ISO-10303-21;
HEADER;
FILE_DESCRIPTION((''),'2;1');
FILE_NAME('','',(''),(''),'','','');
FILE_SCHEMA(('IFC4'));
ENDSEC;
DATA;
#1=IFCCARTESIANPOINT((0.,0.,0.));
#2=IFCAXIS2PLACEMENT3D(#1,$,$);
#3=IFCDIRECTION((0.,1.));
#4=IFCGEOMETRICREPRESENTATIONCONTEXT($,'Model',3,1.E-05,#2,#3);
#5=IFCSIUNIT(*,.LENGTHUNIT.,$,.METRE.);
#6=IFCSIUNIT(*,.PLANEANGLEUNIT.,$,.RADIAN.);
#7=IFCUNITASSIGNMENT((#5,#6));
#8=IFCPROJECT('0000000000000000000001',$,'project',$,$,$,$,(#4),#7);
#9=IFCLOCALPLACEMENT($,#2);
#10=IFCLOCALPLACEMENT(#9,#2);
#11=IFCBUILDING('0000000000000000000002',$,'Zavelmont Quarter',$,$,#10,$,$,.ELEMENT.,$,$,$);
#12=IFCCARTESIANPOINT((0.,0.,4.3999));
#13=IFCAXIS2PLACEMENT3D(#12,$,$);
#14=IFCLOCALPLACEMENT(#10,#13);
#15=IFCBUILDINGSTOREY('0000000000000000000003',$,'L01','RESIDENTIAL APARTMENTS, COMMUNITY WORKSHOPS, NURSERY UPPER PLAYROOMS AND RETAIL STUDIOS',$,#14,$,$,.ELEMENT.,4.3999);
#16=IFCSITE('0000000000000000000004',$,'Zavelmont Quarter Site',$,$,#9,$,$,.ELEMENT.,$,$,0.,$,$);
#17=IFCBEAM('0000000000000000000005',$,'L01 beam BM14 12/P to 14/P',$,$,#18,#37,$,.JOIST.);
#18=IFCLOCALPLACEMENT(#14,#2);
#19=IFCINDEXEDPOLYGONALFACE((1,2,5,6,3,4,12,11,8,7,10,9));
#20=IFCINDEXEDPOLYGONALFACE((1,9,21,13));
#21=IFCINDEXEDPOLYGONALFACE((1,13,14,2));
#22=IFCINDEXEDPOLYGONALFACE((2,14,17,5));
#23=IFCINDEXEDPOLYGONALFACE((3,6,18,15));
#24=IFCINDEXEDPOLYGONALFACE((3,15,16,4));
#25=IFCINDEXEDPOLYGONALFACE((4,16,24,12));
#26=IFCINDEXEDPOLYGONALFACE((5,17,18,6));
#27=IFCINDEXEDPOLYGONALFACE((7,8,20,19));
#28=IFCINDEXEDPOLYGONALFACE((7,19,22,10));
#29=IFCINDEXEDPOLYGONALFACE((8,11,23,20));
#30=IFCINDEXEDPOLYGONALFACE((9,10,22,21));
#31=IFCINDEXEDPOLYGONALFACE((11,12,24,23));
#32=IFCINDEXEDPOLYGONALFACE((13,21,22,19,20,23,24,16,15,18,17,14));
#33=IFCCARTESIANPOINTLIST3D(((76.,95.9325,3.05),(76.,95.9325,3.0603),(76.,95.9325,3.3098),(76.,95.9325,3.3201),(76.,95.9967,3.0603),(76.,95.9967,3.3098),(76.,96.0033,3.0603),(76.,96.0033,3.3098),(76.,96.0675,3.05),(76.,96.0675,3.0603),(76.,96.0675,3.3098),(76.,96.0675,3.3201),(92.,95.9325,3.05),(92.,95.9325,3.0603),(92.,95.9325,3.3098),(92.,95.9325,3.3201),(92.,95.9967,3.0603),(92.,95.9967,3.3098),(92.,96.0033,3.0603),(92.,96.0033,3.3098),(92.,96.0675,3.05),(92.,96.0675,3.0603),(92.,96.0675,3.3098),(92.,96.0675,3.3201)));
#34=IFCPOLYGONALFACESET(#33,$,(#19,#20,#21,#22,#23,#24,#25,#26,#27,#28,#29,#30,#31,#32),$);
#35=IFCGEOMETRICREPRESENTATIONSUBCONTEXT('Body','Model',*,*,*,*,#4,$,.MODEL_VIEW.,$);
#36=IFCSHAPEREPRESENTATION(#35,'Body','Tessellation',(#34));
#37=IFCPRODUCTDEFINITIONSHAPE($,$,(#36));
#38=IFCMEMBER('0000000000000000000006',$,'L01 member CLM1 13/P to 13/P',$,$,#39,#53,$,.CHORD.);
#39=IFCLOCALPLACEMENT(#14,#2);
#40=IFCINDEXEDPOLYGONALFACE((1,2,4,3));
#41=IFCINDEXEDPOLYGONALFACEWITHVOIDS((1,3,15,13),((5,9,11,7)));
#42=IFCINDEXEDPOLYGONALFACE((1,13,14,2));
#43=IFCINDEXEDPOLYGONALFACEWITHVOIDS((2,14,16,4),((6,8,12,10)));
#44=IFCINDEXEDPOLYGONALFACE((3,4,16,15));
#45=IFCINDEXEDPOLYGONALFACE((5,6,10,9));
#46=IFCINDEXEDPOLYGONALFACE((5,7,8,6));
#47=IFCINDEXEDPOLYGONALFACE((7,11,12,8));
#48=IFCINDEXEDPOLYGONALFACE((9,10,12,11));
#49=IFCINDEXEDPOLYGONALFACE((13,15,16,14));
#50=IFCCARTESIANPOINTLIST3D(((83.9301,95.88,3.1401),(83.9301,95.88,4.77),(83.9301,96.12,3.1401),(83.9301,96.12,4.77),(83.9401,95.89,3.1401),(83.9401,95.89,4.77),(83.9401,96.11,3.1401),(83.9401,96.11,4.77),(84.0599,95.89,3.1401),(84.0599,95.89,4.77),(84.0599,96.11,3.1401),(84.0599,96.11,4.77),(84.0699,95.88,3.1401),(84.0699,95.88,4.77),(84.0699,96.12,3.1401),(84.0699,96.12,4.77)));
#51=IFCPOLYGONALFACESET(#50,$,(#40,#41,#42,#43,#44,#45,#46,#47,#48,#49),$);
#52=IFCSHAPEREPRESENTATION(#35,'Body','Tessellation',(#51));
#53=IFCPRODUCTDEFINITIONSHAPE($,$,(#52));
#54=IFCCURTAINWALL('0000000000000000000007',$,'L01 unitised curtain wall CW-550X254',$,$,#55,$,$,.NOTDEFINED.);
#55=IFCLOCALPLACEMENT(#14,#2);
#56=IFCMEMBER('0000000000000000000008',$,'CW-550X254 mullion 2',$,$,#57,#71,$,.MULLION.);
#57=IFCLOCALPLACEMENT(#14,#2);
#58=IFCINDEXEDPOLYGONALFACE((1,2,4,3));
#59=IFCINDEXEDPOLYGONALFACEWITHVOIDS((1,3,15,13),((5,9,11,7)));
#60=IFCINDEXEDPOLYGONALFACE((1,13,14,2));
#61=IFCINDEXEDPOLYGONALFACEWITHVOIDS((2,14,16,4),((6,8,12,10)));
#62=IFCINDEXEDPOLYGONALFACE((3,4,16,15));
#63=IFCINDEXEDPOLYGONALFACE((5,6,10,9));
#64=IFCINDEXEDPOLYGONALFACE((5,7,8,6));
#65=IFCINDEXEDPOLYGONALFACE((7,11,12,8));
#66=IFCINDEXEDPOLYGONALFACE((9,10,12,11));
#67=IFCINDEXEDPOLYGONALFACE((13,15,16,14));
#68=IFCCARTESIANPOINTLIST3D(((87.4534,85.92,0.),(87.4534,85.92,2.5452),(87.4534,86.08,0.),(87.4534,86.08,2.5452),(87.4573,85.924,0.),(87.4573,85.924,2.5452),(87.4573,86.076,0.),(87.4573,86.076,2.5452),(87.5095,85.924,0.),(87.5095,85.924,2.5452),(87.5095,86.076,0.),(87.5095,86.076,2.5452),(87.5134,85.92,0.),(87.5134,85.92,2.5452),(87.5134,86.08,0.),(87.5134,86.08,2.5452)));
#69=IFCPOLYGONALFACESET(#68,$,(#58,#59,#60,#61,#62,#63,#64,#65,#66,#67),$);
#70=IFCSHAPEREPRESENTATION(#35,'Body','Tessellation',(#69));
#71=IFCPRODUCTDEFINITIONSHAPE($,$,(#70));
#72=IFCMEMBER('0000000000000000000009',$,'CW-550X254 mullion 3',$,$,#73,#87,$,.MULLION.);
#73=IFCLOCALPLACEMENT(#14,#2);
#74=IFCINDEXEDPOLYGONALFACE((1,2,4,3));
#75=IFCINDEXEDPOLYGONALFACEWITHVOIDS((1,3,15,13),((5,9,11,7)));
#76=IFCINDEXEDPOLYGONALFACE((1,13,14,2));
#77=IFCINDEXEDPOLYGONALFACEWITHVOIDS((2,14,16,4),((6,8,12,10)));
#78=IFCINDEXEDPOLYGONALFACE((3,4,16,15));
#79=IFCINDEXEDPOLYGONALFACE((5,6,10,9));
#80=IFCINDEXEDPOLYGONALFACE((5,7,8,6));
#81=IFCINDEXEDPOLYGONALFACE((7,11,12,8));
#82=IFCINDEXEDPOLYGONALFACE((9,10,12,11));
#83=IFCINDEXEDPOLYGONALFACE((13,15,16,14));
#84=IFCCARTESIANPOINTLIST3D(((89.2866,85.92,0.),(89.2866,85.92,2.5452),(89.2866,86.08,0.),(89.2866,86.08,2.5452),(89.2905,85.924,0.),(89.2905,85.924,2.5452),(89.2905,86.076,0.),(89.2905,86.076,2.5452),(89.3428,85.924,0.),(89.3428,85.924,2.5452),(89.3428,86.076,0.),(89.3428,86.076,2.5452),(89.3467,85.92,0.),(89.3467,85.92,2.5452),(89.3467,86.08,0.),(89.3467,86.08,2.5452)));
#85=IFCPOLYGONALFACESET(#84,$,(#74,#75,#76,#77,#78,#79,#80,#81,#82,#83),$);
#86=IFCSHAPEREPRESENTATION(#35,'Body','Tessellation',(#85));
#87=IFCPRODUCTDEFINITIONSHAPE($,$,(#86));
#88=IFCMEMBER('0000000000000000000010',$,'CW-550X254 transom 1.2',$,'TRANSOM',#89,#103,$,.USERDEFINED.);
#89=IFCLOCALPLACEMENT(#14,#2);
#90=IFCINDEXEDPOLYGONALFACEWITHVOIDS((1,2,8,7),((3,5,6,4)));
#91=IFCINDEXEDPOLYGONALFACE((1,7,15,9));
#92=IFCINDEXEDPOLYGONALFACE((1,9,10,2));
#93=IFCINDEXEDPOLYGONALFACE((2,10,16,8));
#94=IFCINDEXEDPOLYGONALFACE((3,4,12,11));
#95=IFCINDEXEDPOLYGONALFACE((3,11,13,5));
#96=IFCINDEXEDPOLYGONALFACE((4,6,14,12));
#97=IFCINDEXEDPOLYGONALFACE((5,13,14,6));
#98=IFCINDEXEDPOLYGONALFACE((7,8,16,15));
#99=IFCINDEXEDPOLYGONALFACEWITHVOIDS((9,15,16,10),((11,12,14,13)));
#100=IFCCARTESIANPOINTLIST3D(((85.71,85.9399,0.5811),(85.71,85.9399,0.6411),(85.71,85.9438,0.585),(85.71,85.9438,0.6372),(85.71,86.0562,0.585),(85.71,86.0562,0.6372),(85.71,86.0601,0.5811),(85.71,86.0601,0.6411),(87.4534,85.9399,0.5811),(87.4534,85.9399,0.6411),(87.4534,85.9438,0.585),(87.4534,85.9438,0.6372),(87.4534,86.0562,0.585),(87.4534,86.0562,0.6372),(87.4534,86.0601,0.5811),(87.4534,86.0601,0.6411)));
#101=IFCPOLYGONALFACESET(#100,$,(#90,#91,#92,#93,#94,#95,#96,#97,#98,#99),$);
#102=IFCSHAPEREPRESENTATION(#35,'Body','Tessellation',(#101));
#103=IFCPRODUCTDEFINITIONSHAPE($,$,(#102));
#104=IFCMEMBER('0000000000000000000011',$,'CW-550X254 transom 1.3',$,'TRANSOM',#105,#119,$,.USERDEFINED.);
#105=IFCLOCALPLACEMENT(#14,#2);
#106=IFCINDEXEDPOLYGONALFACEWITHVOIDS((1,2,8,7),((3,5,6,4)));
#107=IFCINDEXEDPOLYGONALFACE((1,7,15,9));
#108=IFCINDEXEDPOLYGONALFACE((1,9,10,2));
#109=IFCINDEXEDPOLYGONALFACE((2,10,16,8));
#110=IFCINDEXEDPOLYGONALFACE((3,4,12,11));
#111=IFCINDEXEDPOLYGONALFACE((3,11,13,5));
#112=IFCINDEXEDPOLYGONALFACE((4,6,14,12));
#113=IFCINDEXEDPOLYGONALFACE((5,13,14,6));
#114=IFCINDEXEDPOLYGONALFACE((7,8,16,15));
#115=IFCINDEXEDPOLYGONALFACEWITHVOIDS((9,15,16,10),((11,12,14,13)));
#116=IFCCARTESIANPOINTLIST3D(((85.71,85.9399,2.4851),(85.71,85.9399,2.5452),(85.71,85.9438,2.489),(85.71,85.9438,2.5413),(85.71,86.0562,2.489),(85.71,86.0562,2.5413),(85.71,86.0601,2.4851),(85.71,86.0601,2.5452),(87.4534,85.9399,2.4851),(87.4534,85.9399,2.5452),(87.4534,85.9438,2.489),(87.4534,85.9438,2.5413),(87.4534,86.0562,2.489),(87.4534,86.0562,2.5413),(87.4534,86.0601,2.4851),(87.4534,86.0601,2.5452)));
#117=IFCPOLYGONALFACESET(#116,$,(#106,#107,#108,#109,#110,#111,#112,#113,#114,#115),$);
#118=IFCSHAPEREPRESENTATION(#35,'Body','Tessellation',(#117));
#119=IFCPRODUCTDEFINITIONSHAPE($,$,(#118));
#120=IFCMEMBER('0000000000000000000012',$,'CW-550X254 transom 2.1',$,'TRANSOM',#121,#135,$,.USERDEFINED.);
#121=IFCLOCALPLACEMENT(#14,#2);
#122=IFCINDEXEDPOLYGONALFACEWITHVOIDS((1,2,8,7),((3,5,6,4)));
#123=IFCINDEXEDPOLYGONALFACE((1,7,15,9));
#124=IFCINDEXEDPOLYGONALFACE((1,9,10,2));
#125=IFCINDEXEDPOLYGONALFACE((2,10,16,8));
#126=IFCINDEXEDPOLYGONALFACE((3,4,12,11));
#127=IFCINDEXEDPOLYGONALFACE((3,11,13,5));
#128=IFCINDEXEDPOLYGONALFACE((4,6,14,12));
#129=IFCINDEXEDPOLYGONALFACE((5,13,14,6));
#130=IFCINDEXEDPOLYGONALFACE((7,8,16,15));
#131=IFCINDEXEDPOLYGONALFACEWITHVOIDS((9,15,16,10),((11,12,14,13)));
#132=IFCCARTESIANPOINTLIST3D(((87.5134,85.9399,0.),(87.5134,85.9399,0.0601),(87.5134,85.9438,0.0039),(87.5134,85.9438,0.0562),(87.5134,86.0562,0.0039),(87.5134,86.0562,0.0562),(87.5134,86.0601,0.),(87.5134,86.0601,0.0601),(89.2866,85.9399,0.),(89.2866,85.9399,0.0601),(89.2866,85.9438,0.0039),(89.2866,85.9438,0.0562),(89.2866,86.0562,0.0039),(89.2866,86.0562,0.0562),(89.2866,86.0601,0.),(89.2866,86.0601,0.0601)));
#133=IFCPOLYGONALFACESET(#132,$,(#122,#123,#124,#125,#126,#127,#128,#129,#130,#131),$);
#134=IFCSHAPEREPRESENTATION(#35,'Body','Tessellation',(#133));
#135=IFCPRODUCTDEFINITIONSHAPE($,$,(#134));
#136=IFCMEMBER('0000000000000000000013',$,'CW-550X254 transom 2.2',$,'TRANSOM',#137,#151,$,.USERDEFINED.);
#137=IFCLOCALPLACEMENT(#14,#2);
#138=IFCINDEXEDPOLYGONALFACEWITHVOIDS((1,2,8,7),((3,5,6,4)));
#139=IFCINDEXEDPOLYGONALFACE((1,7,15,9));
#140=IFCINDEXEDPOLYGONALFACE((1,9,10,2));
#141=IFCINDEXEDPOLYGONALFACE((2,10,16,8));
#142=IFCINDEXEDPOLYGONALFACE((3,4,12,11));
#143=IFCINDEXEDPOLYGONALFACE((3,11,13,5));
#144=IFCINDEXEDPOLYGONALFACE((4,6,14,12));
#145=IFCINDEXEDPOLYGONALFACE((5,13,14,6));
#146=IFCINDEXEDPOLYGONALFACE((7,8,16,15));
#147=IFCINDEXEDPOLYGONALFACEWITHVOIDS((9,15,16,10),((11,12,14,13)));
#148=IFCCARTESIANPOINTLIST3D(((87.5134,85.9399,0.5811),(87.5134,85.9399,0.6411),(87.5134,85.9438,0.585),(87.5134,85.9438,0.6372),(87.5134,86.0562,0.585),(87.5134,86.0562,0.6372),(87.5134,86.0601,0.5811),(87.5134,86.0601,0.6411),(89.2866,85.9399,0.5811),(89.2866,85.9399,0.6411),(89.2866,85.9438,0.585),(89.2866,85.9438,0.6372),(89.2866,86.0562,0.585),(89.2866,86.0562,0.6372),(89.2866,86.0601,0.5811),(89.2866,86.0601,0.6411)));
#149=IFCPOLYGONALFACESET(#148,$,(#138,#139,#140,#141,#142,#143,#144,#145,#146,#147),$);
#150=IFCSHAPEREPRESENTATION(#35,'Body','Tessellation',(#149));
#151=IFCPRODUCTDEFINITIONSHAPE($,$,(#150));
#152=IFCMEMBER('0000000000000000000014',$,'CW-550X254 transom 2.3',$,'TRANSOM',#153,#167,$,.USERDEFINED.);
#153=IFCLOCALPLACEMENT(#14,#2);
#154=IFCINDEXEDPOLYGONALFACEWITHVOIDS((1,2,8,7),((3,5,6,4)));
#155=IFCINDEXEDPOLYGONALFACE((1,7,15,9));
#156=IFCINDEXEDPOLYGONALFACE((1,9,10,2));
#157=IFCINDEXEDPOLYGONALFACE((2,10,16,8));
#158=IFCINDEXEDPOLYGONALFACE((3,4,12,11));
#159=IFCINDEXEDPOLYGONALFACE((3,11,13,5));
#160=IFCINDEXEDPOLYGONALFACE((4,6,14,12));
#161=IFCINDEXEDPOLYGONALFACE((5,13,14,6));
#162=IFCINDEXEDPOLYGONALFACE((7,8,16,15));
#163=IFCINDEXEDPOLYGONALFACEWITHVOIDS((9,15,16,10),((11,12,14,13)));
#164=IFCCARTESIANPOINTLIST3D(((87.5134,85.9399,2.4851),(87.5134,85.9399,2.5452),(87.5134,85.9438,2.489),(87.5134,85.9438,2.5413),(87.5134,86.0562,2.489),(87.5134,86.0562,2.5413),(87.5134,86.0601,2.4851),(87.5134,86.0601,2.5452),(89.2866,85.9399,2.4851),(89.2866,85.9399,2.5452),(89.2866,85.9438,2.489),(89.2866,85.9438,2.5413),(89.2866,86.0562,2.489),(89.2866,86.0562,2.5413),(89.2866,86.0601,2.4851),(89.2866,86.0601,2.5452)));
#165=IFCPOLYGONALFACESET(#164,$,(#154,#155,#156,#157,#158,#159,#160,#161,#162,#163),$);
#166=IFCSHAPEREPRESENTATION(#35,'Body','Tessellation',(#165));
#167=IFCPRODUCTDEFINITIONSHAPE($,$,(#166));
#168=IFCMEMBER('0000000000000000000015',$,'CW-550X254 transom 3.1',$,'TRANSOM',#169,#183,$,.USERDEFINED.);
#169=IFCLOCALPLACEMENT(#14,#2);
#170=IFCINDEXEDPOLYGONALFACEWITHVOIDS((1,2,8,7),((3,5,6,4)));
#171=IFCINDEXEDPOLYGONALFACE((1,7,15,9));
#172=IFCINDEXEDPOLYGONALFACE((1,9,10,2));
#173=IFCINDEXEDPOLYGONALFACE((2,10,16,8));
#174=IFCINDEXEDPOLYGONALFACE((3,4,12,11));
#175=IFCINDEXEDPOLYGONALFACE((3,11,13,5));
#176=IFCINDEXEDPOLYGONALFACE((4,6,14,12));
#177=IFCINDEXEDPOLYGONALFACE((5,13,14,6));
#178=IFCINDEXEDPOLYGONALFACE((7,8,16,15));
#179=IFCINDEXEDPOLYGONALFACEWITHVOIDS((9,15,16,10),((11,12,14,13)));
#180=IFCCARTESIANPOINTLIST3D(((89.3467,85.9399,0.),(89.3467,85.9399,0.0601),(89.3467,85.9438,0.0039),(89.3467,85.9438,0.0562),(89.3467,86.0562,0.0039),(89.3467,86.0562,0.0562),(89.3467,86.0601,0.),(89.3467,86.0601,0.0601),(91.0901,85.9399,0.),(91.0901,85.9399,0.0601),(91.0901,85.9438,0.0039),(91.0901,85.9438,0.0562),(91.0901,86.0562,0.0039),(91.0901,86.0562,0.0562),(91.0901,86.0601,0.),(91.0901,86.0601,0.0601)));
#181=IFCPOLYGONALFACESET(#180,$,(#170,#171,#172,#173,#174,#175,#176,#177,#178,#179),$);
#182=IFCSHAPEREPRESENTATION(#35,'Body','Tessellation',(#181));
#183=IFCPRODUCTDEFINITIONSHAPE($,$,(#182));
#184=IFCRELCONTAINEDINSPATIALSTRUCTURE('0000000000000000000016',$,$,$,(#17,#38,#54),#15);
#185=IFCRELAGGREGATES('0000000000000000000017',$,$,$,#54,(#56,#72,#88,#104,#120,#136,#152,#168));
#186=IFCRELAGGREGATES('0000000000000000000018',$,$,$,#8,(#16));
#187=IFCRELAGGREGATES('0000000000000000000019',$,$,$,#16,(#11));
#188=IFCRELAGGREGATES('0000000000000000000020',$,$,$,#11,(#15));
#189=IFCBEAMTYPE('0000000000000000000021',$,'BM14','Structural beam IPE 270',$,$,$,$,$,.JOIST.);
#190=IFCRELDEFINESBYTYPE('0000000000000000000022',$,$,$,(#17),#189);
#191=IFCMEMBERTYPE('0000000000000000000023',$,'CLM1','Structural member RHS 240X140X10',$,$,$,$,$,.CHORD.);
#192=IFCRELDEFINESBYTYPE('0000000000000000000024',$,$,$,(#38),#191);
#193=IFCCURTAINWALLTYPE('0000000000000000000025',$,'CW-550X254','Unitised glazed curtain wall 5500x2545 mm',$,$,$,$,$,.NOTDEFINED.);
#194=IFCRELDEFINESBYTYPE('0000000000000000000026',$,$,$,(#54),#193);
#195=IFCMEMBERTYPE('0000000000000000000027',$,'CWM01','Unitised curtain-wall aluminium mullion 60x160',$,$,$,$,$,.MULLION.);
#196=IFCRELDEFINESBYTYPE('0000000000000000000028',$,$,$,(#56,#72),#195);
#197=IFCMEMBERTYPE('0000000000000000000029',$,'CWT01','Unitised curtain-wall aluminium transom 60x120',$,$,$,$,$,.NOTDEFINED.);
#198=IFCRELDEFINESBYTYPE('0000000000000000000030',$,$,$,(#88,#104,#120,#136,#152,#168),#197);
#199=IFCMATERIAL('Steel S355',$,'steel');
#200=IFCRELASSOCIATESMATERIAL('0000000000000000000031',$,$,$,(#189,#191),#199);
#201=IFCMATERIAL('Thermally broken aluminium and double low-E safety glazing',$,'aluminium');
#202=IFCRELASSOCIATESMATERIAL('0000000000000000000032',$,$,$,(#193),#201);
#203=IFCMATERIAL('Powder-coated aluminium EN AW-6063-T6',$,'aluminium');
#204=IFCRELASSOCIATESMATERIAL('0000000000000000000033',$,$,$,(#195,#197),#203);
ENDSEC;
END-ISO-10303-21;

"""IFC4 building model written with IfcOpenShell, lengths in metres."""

from ifc_helpers import new_model, si_unit, direction, frame, origin, origin_2d, place, context, subcontext, project, spatial, hollow_rectangle, i_section, extrude, material, material_profile, profile_set, type_object, element, aggregate, save


model = new_model("IFC4")

# Units and contexts
model_context = context("Model", 3, precision=1e-05, world=origin(), true_north=direction((0.0, 1.0)))
body_context = subcontext(model_context, "Body", "Model", "MODEL_VIEW")
ifc_project = project(units=[si_unit("LENGTHUNIT", "METRE"), si_unit("PLANEANGLEUNIT", "RADIAN")], contexts=[model_context])

# Site, building, storey
site_placement = place(None, origin())
site = spatial("IfcSite", under=ifc_project, at=site_placement, Name="Zavelmont Quarter Site", CompositionType="ELEMENT", RefElevation=0.0)
building_placement = place(site_placement, origin())
building = spatial("IfcBuilding", under=site, at=building_placement, Name="Zavelmont Quarter", CompositionType="ELEMENT")
storey_placement = place(building_placement, frame((0.0, 0.0, 4.3999)))
storey = spatial("IfcBuildingStorey", under=building, at=storey_placement, Name="L01", Description="RESIDENTIAL APARTMENTS, COMMUNITY WORKSHOPS, NURSERY UPPER PLAYROOMS AND RETAIL STUDIOS", CompositionType="ELEMENT", Elevation=4.3999)

# Beam
ifc_material_1 = material(Name="Steel S355", Category="steel")
ifc_material_profile_1 = material_profile(ifc_material_1, i_section(OverallWidth=0.135, OverallDepth=0.27, WebThickness=0.0066, FlangeThickness=0.0103, at=origin_2d()), Name="IPE 270")
ifc_profile_set_1 = profile_set([ifc_material_profile_1], Name="Steel S355")
beam_type = type_object("IfcBeamType", Name="BM14", Description="Structural beam IPE 270", PredefinedType="JOIST", material=ifc_profile_set_1)
beam_placement = place(storey_placement, frame((76.0, 96.0, 3.1851), z_axis=(1.0, 0.0, 0.0), x_axis=(0.0, 1.0, 0.0)))
element("IfcBeam", 1, at=beam_placement, inside=storey, type_object=beam_type, Name="L01 beam BM14 12/P to 14/P", PredefinedType="JOIST", context=body_context, shape_type="SweptSolid", body=[
    extrude(i_section(OverallWidth=0.135, OverallDepth=0.27, WebThickness=0.0066, FlangeThickness=0.0103, at=origin_2d()), origin(), (0.0, 0.0, 1.0), 16.0),
])

# Member
ifc_material_profile_2 = material_profile(ifc_material_1, hollow_rectangle(XDim=0.1399, YDim=0.24, WallThickness=0.01, at=origin_2d()), Name="RHS 240X140X10")
ifc_profile_set_2 = profile_set([ifc_material_profile_2], Name="Steel S355")
member_type_1 = type_object("IfcMemberType", Name="CLM1", Description="Structural member RHS 240X140X10", PredefinedType="CHORD", material=ifc_profile_set_2)
member_1_placement = place(storey_placement, frame((84.0, 96.0, 3.1401), z_axis=(0.0, 0.0, 1.0), x_axis=(1.0, 0.0, 0.0)))
element("IfcMember", 2, at=member_1_placement, inside=storey, type_object=member_type_1, Name="L01 member CLM1 13/P to 13/P", PredefinedType="CHORD", context=body_context, shape_type="SweptSolid", body=[
    extrude(hollow_rectangle(XDim=0.1399, YDim=0.24, WallThickness=0.01, at=origin_2d()), origin(), (0.0, 0.0, 1.0), 1.6299),
])

# Curtain wall, members
ifc_material_2 = material(Name="Thermally broken aluminium and double low-E safety glazing", Category="aluminium")
curtain_wall_type = type_object("IfcCurtainWallType", Name="CW-550X254", Description="Unitised glazed curtain wall 5500x2545 mm", PredefinedType="NOTDEFINED", material=ifc_material_2)
curtain_wall_placement = place(storey_placement, origin())
curtain_wall = element("IfcCurtainWall", 3, at=curtain_wall_placement, inside=storey, type_object=curtain_wall_type, Name="L01 unitised curtain wall CW-550X254", PredefinedType="NOTDEFINED")
ifc_material_3 = material(Name="Powder-coated aluminium EN AW-6063-T6", Category="aluminium")
ifc_material_profile_3 = material_profile(ifc_material_3, hollow_rectangle(XDim=0.0601, YDim=0.1599, WallThickness=0.0039, at=origin_2d()), Name="CWM60X160")
ifc_profile_set_3 = profile_set([ifc_material_profile_3], Name="Powder-coated aluminium EN AW-6063-T6")
member_type_2 = type_object("IfcMemberType", Name="CWM01", Description="Unitised curtain-wall aluminium mullion 60x160", PredefinedType="MULLION", material=ifc_profile_set_3)
member_2_placement = place(storey_placement, frame((87.4834, 86.0, 0.0), z_axis=(0.0, 0.0, 1.0), x_axis=(1.0, 0.0, 0.0)))
member_2 = element("IfcMember", 4, at=member_2_placement, type_object=member_type_2, Name="CW-550X254 mullion 2", PredefinedType="MULLION", context=body_context, shape_type="SweptSolid", body=[
    extrude(hollow_rectangle(XDim=0.0601, YDim=0.1599, WallThickness=0.0039, at=origin_2d()), origin(), (0.0, 0.0, 1.0), 2.5452),
])
member_3_placement = place(storey_placement, frame((89.3167, 86.0, 0.0), z_axis=(0.0, 0.0, 1.0), x_axis=(1.0, 0.0, 0.0)))
member_3 = element("IfcMember", 5, at=member_3_placement, type_object=member_type_2, Name="CW-550X254 mullion 3", PredefinedType="MULLION", context=body_context, shape_type="SweptSolid", body=[
    extrude(hollow_rectangle(XDim=0.0601, YDim=0.1599, WallThickness=0.0039, at=origin_2d()), origin(), (0.0, 0.0, 1.0), 2.5452),
])
ifc_material_profile_4 = material_profile(ifc_material_3, hollow_rectangle(XDim=0.1201, YDim=0.0601, WallThickness=0.0039, at=origin_2d()), Name="CWT60X120")
ifc_profile_set_4 = profile_set([ifc_material_profile_4], Name="Powder-coated aluminium EN AW-6063-T6")
member_type_3 = type_object("IfcMemberType", Name="CWT01", Description="Unitised curtain-wall aluminium transom 60x120", PredefinedType="NOTDEFINED", material=ifc_profile_set_4)
member_4_placement = place(storey_placement, frame((85.71, 86.0, 0.6111), z_axis=(1.0, 0.0, 0.0), x_axis=(0.0, 1.0, 0.0)))
member_4 = element("IfcMember", 6, at=member_4_placement, type_object=member_type_3, Name="CW-550X254 transom 1.2", ObjectType="TRANSOM", PredefinedType="USERDEFINED", context=body_context, shape_type="SweptSolid", body=[
    extrude(hollow_rectangle(XDim=0.1201, YDim=0.0601, WallThickness=0.0039, at=origin_2d()), origin(), (0.0, 0.0, 1.0), 1.7434),
])
member_5_placement = place(storey_placement, frame((85.71, 86.0, 2.5151), z_axis=(1.0, 0.0, 0.0), x_axis=(0.0, 1.0, 0.0)))
member_5 = element("IfcMember", 7, at=member_5_placement, type_object=member_type_3, Name="CW-550X254 transom 1.3", ObjectType="TRANSOM", PredefinedType="USERDEFINED", context=body_context, shape_type="SweptSolid", body=[
    extrude(hollow_rectangle(XDim=0.1201, YDim=0.0601, WallThickness=0.0039, at=origin_2d()), origin(), (0.0, 0.0, 1.0), 1.7434),
])
member_6_placement = place(storey_placement, frame((87.5134, 86.0, 0.03), z_axis=(1.0, 0.0, 0.0), x_axis=(0.0, 1.0, 0.0)))
member_6 = element("IfcMember", 8, at=member_6_placement, type_object=member_type_3, Name="CW-550X254 transom 2.1", ObjectType="TRANSOM", PredefinedType="USERDEFINED", context=body_context, shape_type="SweptSolid", body=[
    extrude(hollow_rectangle(XDim=0.1201, YDim=0.0601, WallThickness=0.0039, at=origin_2d()), origin(), (0.0, 0.0, 1.0), 1.7732),
])
member_7_placement = place(storey_placement, frame((87.5134, 86.0, 0.6111), z_axis=(1.0, 0.0, 0.0), x_axis=(0.0, 1.0, 0.0)))
member_7 = element("IfcMember", 9, at=member_7_placement, type_object=member_type_3, Name="CW-550X254 transom 2.2", ObjectType="TRANSOM", PredefinedType="USERDEFINED", context=body_context, shape_type="SweptSolid", body=[
    extrude(hollow_rectangle(XDim=0.1201, YDim=0.0601, WallThickness=0.0039, at=origin_2d()), origin(), (0.0, 0.0, 1.0), 1.7732),
])
member_8_placement = place(storey_placement, frame((87.5134, 86.0, 2.5151), z_axis=(1.0, 0.0, 0.0), x_axis=(0.0, 1.0, 0.0)))
member_8 = element("IfcMember", 10, at=member_8_placement, type_object=member_type_3, Name="CW-550X254 transom 2.3", ObjectType="TRANSOM", PredefinedType="USERDEFINED", context=body_context, shape_type="SweptSolid", body=[
    extrude(hollow_rectangle(XDim=0.1201, YDim=0.0601, WallThickness=0.0039, at=origin_2d()), origin(), (0.0, 0.0, 1.0), 1.7732),
])
member_9_placement = place(storey_placement, frame((89.3467, 86.0, 0.03), z_axis=(1.0, 0.0, 0.0), x_axis=(0.0, 1.0, 0.0)))
member_9 = element("IfcMember", 11, at=member_9_placement, type_object=member_type_3, Name="CW-550X254 transom 3.1", ObjectType="TRANSOM", PredefinedType="USERDEFINED", context=body_context, shape_type="SweptSolid", body=[
    extrude(hollow_rectangle(XDim=0.1201, YDim=0.0601, WallThickness=0.0039, at=origin_2d()), origin(), (0.0, 0.0, 1.0), 1.7434),
])

aggregate(curtain_wall, [member_2, member_3, member_4, member_5, member_6, member_7, member_8, member_9])

save(model, "model.ifc")
